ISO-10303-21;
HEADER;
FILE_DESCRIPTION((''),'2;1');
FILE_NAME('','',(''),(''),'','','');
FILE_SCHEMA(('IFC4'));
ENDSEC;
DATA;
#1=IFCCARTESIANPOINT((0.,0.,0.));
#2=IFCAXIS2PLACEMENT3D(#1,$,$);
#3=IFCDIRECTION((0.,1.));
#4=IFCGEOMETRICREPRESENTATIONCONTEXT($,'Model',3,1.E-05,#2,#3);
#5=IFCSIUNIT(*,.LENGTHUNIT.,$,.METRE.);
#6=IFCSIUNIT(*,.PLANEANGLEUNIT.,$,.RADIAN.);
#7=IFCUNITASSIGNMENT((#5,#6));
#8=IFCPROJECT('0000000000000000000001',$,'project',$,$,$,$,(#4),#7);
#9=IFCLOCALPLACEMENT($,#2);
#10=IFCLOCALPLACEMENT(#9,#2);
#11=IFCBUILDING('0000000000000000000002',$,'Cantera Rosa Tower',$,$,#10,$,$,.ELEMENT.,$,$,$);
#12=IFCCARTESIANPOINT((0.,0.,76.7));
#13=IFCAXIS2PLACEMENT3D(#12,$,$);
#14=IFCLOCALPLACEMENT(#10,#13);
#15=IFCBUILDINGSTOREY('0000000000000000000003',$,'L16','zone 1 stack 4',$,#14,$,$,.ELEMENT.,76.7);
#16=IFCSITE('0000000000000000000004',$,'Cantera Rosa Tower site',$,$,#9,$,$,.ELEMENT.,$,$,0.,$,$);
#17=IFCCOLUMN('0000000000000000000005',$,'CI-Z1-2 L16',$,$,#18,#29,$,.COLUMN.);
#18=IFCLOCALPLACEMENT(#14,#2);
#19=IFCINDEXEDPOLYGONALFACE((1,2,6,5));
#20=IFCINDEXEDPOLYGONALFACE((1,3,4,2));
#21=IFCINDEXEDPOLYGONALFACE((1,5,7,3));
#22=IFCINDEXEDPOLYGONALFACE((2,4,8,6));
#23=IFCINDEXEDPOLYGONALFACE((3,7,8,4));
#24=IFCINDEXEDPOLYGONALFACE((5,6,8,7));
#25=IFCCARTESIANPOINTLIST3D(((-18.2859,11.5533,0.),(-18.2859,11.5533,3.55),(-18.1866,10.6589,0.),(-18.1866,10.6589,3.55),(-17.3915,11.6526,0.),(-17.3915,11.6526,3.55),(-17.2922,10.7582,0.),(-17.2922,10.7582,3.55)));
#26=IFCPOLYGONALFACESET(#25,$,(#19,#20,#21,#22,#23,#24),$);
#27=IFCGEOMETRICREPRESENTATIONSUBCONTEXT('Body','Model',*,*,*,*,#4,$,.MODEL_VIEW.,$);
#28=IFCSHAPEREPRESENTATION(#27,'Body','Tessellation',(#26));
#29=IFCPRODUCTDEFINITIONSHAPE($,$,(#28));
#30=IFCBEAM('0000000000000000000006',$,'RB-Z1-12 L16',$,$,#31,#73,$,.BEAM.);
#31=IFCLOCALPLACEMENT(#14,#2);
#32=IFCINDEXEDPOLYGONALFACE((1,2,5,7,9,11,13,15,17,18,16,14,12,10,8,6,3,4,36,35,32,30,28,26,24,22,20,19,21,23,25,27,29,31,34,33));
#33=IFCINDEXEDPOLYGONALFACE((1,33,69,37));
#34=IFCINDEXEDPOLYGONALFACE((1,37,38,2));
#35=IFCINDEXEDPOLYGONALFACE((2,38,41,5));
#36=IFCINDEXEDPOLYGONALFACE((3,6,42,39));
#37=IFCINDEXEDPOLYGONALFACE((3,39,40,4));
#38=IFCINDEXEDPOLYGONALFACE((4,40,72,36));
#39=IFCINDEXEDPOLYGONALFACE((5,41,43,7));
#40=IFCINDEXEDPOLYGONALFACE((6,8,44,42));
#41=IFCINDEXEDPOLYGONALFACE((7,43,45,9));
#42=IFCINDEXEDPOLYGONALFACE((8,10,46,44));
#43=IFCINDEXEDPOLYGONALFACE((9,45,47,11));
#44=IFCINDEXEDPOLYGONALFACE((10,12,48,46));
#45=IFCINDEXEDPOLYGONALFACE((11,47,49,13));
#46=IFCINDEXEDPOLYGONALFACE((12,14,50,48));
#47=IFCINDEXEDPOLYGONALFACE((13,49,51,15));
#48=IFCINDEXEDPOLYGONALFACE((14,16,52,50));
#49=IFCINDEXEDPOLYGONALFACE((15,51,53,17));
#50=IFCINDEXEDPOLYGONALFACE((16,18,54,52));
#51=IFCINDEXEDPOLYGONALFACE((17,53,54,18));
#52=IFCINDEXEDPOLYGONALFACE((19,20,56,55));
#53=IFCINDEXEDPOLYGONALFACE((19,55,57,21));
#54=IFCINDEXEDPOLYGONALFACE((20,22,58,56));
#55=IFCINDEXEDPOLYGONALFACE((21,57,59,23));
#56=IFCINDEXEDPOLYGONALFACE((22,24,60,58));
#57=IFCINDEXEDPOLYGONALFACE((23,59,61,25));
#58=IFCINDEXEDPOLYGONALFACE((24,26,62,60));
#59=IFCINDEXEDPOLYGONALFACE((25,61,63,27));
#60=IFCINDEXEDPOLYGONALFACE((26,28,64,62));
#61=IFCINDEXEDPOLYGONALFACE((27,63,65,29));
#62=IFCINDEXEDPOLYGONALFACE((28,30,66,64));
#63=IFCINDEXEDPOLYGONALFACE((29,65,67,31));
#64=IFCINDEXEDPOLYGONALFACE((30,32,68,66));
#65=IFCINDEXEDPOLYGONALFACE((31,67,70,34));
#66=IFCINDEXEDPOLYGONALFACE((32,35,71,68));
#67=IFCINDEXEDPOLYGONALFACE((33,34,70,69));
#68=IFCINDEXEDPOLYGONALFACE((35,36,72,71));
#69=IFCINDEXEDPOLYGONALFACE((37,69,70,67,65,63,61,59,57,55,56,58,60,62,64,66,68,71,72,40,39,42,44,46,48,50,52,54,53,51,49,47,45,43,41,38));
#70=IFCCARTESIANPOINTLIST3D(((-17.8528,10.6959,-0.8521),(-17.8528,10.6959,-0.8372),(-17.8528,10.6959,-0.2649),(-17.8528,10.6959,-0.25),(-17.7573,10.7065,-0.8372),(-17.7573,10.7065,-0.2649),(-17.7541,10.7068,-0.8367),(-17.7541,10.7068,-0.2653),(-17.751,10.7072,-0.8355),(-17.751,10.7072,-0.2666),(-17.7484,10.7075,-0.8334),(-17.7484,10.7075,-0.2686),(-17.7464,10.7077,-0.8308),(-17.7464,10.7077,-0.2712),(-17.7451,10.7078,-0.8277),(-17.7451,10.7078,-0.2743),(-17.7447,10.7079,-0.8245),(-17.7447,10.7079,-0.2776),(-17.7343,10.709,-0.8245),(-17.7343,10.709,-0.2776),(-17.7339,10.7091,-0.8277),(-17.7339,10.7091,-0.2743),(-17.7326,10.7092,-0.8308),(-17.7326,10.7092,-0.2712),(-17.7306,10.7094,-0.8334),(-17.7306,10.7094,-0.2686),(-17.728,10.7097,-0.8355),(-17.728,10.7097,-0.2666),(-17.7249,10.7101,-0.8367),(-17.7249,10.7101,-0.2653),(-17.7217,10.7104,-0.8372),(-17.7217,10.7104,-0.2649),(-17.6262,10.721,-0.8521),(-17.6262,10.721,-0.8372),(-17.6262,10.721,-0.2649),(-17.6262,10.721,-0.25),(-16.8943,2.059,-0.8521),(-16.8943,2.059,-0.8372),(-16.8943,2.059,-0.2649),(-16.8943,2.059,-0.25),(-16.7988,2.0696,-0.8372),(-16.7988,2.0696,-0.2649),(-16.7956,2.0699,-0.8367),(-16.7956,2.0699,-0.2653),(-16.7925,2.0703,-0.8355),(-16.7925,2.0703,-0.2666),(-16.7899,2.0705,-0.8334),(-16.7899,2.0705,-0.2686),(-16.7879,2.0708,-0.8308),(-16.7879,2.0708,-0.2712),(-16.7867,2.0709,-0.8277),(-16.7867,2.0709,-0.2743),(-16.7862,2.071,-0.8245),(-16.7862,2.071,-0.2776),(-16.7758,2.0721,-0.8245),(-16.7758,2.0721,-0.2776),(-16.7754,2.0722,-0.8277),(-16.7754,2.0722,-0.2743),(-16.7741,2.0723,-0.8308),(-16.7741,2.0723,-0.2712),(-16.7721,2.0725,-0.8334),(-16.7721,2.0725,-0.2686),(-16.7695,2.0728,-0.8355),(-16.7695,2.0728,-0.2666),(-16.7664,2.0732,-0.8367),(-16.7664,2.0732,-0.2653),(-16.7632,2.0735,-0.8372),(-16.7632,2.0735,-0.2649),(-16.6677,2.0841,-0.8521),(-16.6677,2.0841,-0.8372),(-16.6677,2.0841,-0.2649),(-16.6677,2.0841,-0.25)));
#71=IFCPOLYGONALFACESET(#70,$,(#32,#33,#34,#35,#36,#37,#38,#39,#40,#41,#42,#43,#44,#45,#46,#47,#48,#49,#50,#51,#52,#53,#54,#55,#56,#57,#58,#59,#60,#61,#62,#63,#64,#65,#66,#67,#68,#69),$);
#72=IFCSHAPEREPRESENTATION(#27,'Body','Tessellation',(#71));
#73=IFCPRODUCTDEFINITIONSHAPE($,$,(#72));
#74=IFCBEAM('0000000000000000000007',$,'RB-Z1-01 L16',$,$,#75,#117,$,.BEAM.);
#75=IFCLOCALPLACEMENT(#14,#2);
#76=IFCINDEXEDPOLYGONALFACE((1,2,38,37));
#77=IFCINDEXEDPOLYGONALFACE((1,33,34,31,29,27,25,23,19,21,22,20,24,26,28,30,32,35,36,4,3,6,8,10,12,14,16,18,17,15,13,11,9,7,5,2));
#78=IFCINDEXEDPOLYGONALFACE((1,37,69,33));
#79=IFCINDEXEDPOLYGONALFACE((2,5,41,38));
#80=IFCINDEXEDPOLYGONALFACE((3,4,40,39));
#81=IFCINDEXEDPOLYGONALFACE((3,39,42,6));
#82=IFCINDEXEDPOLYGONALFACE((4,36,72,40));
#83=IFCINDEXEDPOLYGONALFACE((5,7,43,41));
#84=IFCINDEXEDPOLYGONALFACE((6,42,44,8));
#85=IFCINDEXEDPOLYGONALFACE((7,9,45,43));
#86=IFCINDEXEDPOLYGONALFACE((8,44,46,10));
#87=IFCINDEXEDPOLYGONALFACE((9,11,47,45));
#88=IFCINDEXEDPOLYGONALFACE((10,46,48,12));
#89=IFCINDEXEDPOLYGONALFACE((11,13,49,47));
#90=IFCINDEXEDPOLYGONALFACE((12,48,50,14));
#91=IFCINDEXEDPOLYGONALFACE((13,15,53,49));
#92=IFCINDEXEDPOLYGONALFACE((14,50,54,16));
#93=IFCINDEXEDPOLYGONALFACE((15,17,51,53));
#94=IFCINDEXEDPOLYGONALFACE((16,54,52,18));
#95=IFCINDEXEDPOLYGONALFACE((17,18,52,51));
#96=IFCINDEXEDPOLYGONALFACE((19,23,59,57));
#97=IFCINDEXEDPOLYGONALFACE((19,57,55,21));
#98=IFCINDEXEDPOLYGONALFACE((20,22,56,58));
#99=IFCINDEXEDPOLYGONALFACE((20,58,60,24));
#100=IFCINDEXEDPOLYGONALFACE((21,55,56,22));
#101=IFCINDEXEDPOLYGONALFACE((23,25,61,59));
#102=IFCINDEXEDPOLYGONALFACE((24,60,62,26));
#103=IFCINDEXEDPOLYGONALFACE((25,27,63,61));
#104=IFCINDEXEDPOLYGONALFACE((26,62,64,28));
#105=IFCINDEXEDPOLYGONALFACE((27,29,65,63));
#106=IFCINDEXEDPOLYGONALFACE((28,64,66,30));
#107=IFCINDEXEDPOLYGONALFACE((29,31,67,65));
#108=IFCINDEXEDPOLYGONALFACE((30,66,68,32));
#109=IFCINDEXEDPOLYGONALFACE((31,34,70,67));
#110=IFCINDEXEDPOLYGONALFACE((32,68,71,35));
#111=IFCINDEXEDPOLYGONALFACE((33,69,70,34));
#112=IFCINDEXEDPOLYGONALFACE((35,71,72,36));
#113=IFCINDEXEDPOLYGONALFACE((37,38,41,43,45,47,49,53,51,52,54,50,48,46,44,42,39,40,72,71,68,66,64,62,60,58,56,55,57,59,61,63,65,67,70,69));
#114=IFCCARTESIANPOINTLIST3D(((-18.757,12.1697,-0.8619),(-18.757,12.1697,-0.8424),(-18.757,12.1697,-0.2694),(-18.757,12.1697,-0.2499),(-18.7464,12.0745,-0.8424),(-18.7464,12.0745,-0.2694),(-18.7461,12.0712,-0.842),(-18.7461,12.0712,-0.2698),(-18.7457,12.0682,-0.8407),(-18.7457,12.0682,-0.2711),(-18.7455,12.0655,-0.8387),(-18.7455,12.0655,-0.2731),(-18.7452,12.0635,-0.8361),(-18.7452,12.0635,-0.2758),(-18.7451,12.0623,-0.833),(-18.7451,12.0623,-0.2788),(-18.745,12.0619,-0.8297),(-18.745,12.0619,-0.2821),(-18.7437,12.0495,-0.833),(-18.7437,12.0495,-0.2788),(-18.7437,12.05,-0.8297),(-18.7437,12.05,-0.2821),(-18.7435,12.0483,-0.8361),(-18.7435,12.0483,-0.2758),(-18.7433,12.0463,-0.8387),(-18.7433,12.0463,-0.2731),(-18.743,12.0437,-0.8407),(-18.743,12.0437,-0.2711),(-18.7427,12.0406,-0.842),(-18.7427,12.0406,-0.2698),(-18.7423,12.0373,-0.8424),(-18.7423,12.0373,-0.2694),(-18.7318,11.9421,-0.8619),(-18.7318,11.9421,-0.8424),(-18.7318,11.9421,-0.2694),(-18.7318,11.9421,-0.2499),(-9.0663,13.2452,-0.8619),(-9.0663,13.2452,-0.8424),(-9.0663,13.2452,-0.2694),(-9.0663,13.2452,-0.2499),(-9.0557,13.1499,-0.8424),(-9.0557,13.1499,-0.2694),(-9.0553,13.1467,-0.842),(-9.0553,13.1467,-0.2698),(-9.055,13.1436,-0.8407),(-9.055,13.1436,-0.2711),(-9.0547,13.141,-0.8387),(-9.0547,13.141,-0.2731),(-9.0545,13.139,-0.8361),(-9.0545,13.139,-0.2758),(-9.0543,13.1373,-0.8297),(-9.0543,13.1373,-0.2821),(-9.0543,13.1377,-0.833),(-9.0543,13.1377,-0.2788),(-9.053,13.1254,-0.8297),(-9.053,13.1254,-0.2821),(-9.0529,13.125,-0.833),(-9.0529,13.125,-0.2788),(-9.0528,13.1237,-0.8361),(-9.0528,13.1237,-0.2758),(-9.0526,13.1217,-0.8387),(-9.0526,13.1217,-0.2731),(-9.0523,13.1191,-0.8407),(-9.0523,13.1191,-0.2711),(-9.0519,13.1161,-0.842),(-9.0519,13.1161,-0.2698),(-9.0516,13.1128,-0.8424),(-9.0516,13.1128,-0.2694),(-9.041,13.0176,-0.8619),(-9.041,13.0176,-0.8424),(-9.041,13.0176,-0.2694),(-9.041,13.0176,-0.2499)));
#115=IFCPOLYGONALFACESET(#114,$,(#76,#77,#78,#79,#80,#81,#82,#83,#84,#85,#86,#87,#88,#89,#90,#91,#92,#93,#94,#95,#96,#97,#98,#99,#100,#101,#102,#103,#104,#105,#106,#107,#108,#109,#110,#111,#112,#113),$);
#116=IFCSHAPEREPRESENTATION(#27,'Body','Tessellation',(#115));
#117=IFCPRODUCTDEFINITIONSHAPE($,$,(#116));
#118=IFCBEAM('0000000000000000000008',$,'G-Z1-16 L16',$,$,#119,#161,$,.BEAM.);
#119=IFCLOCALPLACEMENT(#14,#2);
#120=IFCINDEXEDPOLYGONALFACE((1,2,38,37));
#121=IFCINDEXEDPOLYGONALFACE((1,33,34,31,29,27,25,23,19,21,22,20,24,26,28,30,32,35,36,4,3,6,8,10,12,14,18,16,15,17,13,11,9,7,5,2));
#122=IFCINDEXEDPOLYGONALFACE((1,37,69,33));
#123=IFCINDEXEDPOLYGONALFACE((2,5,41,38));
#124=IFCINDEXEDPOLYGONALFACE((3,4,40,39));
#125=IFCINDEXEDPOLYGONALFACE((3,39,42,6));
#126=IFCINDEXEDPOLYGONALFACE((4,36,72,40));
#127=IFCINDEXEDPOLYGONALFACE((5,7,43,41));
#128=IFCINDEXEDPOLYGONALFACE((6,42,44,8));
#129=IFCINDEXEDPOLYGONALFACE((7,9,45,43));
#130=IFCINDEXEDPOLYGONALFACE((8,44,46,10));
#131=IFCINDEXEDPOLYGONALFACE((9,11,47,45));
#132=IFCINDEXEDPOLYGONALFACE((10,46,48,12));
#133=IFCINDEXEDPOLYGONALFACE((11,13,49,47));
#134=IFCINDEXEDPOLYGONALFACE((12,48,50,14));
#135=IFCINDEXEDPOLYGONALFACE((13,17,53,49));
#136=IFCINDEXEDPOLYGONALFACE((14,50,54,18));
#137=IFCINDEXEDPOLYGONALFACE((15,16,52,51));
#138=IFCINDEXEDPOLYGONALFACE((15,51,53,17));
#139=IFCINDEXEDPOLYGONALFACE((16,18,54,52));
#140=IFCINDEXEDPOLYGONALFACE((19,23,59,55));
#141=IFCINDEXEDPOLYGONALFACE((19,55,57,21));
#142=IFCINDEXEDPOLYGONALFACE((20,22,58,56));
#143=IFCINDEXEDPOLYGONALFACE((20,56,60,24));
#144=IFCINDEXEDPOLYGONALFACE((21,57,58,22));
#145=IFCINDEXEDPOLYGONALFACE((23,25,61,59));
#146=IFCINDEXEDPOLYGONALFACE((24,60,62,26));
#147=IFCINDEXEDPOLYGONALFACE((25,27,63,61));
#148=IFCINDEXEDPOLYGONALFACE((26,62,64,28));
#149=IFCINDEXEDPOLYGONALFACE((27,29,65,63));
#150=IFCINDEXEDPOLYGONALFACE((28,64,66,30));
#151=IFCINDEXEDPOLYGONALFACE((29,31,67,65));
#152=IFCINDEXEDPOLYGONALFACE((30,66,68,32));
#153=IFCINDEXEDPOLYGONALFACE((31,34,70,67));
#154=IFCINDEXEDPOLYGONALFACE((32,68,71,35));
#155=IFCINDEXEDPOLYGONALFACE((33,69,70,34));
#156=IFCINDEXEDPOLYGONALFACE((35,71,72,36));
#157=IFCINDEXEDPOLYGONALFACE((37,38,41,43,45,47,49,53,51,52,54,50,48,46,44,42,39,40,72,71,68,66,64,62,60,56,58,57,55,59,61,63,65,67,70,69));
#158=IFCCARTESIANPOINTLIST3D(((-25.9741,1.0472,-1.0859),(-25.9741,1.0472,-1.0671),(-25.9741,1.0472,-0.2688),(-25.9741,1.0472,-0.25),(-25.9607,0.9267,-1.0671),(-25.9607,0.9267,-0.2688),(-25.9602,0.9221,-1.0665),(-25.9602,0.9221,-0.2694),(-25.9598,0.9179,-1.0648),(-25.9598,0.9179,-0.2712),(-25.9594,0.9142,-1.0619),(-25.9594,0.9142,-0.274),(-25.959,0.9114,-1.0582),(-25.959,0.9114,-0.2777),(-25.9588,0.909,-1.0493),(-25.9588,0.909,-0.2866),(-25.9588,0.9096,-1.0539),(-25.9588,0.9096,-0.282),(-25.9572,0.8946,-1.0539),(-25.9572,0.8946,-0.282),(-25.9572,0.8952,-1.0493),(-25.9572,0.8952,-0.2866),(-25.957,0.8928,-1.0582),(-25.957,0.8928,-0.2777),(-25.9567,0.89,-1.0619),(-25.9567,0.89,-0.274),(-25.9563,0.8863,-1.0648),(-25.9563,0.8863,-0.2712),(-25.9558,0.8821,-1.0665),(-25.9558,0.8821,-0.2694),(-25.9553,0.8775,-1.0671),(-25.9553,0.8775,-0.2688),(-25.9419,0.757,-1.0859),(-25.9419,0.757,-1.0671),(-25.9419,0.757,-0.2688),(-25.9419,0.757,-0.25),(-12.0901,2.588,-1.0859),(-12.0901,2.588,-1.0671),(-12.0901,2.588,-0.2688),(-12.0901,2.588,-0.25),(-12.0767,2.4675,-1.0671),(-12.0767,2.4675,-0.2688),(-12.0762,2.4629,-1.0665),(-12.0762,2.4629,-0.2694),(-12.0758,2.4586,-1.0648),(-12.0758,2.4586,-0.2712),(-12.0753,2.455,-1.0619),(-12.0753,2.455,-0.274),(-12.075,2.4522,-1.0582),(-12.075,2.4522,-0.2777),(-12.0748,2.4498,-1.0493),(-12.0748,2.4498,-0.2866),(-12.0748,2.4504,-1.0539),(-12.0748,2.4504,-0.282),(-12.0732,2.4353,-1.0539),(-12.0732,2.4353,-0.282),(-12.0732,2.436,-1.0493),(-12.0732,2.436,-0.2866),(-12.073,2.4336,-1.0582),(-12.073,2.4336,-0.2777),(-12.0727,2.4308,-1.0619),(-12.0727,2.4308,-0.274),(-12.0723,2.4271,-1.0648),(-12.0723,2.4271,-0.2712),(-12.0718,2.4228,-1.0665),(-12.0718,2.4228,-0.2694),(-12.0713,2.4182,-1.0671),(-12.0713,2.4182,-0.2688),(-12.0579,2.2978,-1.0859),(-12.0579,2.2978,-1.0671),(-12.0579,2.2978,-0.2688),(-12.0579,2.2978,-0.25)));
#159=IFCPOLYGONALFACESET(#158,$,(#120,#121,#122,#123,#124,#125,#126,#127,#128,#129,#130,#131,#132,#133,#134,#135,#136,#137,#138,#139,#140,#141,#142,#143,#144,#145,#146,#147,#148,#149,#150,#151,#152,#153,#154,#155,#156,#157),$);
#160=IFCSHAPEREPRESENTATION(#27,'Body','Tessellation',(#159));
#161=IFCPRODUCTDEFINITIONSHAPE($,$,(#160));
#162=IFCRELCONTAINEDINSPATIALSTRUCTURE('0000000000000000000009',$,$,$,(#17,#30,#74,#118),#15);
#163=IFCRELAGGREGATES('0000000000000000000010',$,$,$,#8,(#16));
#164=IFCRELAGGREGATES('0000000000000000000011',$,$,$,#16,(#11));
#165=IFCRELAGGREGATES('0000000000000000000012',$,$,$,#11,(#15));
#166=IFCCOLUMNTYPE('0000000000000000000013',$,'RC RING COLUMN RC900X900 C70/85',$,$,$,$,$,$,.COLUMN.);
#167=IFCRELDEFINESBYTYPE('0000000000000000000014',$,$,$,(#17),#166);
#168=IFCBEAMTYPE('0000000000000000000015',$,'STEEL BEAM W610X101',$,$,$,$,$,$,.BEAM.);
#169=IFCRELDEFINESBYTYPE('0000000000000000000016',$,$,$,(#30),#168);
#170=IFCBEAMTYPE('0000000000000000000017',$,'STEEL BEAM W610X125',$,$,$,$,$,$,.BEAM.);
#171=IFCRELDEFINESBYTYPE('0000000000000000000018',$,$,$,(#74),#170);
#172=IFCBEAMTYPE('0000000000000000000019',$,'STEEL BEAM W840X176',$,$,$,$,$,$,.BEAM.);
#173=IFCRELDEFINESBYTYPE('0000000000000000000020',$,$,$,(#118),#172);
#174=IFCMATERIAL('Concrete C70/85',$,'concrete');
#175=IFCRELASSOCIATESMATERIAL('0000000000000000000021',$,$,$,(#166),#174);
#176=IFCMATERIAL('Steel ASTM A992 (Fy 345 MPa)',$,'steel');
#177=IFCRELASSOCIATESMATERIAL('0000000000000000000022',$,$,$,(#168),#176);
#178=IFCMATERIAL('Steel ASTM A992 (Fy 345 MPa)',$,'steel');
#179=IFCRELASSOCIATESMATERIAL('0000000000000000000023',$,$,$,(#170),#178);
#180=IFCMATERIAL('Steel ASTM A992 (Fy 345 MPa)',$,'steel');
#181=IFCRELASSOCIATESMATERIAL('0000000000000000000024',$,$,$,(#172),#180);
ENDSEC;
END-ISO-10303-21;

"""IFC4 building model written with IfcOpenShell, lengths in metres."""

from ifc_helpers import new_model, si_unit, direction, frame, origin, origin_2d, place, context, subcontext, project, spatial, rectangle, i_section, extrude, material, material_profile, profile_set, type_object, element, save


model = new_model("IFC4")

# Units and contexts
model_context = context("Model", 3, precision=1e-05, world=origin(), true_north=direction((0.0, 1.0)))
body_context = subcontext(model_context, "Body", "Model", "MODEL_VIEW")
ifc_project = project(units=[si_unit("LENGTHUNIT", "METRE"), si_unit("PLANEANGLEUNIT", "RADIAN")], contexts=[model_context])

# Site, building, storey
site_placement = place(None, origin())
site = spatial("IfcSite", under=ifc_project, at=site_placement, Name="Cantera Rosa Tower site", CompositionType="ELEMENT", RefElevation=0.0)
building_placement = place(site_placement, origin())
building = spatial("IfcBuilding", under=site, at=building_placement, Name="Cantera Rosa Tower", CompositionType="ELEMENT")
storey_placement = place(building_placement, frame((0.0, 0.0, 76.7)))
storey = spatial("IfcBuildingStorey", under=building, at=storey_placement, Name="L16", Description="zone 1 stack 4", CompositionType="ELEMENT", Elevation=76.7)

# Column
ifc_material_1 = material(Name="Concrete C70/85", Category="concrete")
ifc_material_profile_1 = material_profile(ifc_material_1, rectangle(XDim=0.8999, YDim=0.8999, at=origin_2d()), Name="RC RING COLUMN RC900X900 C70/85")
ifc_profile_set_1 = profile_set([ifc_material_profile_1], Name="Concrete C70/85")
column_type = type_object("IfcColumnType", Name="RC RING COLUMN RC900X900 C70/85", PredefinedType="COLUMN", material=ifc_profile_set_1)
column_placement = place(storey_placement, frame((-17.7891, 11.1558, 0.0), z_axis=(0.0, 0.0, 1.0), x_axis=(0.993897, 0.110313, 0.0)))
element("IfcColumn", 1, at=column_placement, inside=storey, type_object=column_type, Name="CI-Z1-2 L16", PredefinedType="COLUMN", context=body_context, shape_type="SweptSolid", body=[
    extrude(rectangle(XDim=0.8999, YDim=0.8999, at=origin_2d()), origin(), (0.0, 0.0, 1.0), 3.55),
])

# Beams
ifc_material_2 = material(Name="Steel ASTM A992 (Fy 345 MPa)", Category="steel")
ifc_material_profile_2 = material_profile(ifc_material_2, i_section(OverallWidth=0.228, OverallDepth=0.6021, WebThickness=0.0105, FlangeThickness=0.0149, FilletRadius=0.0127, at=origin_2d()), Name="W610X101")
ifc_profile_set_2 = profile_set([ifc_material_profile_2], Name="Steel ASTM A992 (Fy 345 MPa)")
beam_type_1 = type_object("IfcBeamType", Name="STEEL BEAM W610X101", PredefinedType="BEAM", material=ifc_profile_set_2)
beam_1_placement = place(storey_placement, frame((-16.781, 2.0715, -0.551), z_axis=(-0.110299, 0.993898, 0.0), x_axis=(-0.993898, -0.110299, 0.0)))
element("IfcBeam", 2, at=beam_1_placement, inside=storey, type_object=beam_type_1, Name="RB-Z1-12 L16", PredefinedType="BEAM", context=body_context, shape_type="SweptSolid", body=[
    extrude(i_section(OverallWidth=0.228, OverallDepth=0.6021, WebThickness=0.0105, FlangeThickness=0.0149, FilletRadius=0.0127, at=origin_2d()), origin(), (0.0, 0.0, 1.0), 8.6899),
])
ifc_material_3 = material(Name="Steel ASTM A992 (Fy 345 MPa)", Category="steel")
ifc_material_profile_3 = material_profile(ifc_material_3, i_section(OverallWidth=0.229, OverallDepth=0.6121, WebThickness=0.012, FlangeThickness=0.0195, FilletRadius=0.0127, at=origin_2d()), Name="W610X125")
ifc_profile_set_3 = profile_set([ifc_material_profile_3], Name="Steel ASTM A992 (Fy 345 MPa)")
beam_type_2 = type_object("IfcBeamType", Name="STEEL BEAM W610X125", PredefinedType="BEAM", material=ifc_profile_set_3)
beam_2_placement = place(storey_placement, frame((-18.7444, 12.0559, -0.5559), z_axis=(0.993898, 0.1103, 0.0), x_axis=(-0.1103, 0.993898, 0.0)))
element("IfcBeam", 3, at=beam_2_placement, inside=storey, type_object=beam_type_2, Name="RB-Z1-01 L16", PredefinedType="BEAM", context=body_context, shape_type="SweptSolid", body=[
    extrude(i_section(OverallWidth=0.229, OverallDepth=0.6121, WebThickness=0.012, FlangeThickness=0.0195, FilletRadius=0.0127, at=origin_2d()), origin(), (0.0, 0.0, 1.0), 9.7502),
])
ifc_material_4 = material(Name="Steel ASTM A992 (Fy 345 MPa)", Category="steel")
ifc_material_profile_4 = material_profile(ifc_material_4, i_section(OverallWidth=0.292, OverallDepth=0.8359, WebThickness=0.0139, FlangeThickness=0.0188, FilletRadius=0.0178, at=origin_2d()), Name="W840X176")
ifc_profile_set_4 = profile_set([ifc_material_profile_4], Name="Steel ASTM A992 (Fy 345 MPa)")
beam_type_3 = type_object("IfcBeamType", Name="STEEL BEAM W840X176", PredefinedType="BEAM", material=ifc_profile_set_4)
beam_3_placement = place(storey_placement, frame((-25.958, 0.9021, -0.668), z_axis=(0.993899, 0.110297, 0.0), x_axis=(-0.110297, 0.993899, 0.0)))
element("IfcBeam", 4, at=beam_3_placement, inside=storey, type_object=beam_type_3, Name="G-Z1-16 L16", PredefinedType="BEAM", context=body_context, shape_type="SweptSolid", body=[
    extrude(i_section(OverallWidth=0.292, OverallDepth=0.8359, WebThickness=0.0139, FlangeThickness=0.0188, FilletRadius=0.0178, at=origin_2d()), origin(), (0.0, 0.0, 1.0), 13.9692),
])

save(model, "model.ifc")
